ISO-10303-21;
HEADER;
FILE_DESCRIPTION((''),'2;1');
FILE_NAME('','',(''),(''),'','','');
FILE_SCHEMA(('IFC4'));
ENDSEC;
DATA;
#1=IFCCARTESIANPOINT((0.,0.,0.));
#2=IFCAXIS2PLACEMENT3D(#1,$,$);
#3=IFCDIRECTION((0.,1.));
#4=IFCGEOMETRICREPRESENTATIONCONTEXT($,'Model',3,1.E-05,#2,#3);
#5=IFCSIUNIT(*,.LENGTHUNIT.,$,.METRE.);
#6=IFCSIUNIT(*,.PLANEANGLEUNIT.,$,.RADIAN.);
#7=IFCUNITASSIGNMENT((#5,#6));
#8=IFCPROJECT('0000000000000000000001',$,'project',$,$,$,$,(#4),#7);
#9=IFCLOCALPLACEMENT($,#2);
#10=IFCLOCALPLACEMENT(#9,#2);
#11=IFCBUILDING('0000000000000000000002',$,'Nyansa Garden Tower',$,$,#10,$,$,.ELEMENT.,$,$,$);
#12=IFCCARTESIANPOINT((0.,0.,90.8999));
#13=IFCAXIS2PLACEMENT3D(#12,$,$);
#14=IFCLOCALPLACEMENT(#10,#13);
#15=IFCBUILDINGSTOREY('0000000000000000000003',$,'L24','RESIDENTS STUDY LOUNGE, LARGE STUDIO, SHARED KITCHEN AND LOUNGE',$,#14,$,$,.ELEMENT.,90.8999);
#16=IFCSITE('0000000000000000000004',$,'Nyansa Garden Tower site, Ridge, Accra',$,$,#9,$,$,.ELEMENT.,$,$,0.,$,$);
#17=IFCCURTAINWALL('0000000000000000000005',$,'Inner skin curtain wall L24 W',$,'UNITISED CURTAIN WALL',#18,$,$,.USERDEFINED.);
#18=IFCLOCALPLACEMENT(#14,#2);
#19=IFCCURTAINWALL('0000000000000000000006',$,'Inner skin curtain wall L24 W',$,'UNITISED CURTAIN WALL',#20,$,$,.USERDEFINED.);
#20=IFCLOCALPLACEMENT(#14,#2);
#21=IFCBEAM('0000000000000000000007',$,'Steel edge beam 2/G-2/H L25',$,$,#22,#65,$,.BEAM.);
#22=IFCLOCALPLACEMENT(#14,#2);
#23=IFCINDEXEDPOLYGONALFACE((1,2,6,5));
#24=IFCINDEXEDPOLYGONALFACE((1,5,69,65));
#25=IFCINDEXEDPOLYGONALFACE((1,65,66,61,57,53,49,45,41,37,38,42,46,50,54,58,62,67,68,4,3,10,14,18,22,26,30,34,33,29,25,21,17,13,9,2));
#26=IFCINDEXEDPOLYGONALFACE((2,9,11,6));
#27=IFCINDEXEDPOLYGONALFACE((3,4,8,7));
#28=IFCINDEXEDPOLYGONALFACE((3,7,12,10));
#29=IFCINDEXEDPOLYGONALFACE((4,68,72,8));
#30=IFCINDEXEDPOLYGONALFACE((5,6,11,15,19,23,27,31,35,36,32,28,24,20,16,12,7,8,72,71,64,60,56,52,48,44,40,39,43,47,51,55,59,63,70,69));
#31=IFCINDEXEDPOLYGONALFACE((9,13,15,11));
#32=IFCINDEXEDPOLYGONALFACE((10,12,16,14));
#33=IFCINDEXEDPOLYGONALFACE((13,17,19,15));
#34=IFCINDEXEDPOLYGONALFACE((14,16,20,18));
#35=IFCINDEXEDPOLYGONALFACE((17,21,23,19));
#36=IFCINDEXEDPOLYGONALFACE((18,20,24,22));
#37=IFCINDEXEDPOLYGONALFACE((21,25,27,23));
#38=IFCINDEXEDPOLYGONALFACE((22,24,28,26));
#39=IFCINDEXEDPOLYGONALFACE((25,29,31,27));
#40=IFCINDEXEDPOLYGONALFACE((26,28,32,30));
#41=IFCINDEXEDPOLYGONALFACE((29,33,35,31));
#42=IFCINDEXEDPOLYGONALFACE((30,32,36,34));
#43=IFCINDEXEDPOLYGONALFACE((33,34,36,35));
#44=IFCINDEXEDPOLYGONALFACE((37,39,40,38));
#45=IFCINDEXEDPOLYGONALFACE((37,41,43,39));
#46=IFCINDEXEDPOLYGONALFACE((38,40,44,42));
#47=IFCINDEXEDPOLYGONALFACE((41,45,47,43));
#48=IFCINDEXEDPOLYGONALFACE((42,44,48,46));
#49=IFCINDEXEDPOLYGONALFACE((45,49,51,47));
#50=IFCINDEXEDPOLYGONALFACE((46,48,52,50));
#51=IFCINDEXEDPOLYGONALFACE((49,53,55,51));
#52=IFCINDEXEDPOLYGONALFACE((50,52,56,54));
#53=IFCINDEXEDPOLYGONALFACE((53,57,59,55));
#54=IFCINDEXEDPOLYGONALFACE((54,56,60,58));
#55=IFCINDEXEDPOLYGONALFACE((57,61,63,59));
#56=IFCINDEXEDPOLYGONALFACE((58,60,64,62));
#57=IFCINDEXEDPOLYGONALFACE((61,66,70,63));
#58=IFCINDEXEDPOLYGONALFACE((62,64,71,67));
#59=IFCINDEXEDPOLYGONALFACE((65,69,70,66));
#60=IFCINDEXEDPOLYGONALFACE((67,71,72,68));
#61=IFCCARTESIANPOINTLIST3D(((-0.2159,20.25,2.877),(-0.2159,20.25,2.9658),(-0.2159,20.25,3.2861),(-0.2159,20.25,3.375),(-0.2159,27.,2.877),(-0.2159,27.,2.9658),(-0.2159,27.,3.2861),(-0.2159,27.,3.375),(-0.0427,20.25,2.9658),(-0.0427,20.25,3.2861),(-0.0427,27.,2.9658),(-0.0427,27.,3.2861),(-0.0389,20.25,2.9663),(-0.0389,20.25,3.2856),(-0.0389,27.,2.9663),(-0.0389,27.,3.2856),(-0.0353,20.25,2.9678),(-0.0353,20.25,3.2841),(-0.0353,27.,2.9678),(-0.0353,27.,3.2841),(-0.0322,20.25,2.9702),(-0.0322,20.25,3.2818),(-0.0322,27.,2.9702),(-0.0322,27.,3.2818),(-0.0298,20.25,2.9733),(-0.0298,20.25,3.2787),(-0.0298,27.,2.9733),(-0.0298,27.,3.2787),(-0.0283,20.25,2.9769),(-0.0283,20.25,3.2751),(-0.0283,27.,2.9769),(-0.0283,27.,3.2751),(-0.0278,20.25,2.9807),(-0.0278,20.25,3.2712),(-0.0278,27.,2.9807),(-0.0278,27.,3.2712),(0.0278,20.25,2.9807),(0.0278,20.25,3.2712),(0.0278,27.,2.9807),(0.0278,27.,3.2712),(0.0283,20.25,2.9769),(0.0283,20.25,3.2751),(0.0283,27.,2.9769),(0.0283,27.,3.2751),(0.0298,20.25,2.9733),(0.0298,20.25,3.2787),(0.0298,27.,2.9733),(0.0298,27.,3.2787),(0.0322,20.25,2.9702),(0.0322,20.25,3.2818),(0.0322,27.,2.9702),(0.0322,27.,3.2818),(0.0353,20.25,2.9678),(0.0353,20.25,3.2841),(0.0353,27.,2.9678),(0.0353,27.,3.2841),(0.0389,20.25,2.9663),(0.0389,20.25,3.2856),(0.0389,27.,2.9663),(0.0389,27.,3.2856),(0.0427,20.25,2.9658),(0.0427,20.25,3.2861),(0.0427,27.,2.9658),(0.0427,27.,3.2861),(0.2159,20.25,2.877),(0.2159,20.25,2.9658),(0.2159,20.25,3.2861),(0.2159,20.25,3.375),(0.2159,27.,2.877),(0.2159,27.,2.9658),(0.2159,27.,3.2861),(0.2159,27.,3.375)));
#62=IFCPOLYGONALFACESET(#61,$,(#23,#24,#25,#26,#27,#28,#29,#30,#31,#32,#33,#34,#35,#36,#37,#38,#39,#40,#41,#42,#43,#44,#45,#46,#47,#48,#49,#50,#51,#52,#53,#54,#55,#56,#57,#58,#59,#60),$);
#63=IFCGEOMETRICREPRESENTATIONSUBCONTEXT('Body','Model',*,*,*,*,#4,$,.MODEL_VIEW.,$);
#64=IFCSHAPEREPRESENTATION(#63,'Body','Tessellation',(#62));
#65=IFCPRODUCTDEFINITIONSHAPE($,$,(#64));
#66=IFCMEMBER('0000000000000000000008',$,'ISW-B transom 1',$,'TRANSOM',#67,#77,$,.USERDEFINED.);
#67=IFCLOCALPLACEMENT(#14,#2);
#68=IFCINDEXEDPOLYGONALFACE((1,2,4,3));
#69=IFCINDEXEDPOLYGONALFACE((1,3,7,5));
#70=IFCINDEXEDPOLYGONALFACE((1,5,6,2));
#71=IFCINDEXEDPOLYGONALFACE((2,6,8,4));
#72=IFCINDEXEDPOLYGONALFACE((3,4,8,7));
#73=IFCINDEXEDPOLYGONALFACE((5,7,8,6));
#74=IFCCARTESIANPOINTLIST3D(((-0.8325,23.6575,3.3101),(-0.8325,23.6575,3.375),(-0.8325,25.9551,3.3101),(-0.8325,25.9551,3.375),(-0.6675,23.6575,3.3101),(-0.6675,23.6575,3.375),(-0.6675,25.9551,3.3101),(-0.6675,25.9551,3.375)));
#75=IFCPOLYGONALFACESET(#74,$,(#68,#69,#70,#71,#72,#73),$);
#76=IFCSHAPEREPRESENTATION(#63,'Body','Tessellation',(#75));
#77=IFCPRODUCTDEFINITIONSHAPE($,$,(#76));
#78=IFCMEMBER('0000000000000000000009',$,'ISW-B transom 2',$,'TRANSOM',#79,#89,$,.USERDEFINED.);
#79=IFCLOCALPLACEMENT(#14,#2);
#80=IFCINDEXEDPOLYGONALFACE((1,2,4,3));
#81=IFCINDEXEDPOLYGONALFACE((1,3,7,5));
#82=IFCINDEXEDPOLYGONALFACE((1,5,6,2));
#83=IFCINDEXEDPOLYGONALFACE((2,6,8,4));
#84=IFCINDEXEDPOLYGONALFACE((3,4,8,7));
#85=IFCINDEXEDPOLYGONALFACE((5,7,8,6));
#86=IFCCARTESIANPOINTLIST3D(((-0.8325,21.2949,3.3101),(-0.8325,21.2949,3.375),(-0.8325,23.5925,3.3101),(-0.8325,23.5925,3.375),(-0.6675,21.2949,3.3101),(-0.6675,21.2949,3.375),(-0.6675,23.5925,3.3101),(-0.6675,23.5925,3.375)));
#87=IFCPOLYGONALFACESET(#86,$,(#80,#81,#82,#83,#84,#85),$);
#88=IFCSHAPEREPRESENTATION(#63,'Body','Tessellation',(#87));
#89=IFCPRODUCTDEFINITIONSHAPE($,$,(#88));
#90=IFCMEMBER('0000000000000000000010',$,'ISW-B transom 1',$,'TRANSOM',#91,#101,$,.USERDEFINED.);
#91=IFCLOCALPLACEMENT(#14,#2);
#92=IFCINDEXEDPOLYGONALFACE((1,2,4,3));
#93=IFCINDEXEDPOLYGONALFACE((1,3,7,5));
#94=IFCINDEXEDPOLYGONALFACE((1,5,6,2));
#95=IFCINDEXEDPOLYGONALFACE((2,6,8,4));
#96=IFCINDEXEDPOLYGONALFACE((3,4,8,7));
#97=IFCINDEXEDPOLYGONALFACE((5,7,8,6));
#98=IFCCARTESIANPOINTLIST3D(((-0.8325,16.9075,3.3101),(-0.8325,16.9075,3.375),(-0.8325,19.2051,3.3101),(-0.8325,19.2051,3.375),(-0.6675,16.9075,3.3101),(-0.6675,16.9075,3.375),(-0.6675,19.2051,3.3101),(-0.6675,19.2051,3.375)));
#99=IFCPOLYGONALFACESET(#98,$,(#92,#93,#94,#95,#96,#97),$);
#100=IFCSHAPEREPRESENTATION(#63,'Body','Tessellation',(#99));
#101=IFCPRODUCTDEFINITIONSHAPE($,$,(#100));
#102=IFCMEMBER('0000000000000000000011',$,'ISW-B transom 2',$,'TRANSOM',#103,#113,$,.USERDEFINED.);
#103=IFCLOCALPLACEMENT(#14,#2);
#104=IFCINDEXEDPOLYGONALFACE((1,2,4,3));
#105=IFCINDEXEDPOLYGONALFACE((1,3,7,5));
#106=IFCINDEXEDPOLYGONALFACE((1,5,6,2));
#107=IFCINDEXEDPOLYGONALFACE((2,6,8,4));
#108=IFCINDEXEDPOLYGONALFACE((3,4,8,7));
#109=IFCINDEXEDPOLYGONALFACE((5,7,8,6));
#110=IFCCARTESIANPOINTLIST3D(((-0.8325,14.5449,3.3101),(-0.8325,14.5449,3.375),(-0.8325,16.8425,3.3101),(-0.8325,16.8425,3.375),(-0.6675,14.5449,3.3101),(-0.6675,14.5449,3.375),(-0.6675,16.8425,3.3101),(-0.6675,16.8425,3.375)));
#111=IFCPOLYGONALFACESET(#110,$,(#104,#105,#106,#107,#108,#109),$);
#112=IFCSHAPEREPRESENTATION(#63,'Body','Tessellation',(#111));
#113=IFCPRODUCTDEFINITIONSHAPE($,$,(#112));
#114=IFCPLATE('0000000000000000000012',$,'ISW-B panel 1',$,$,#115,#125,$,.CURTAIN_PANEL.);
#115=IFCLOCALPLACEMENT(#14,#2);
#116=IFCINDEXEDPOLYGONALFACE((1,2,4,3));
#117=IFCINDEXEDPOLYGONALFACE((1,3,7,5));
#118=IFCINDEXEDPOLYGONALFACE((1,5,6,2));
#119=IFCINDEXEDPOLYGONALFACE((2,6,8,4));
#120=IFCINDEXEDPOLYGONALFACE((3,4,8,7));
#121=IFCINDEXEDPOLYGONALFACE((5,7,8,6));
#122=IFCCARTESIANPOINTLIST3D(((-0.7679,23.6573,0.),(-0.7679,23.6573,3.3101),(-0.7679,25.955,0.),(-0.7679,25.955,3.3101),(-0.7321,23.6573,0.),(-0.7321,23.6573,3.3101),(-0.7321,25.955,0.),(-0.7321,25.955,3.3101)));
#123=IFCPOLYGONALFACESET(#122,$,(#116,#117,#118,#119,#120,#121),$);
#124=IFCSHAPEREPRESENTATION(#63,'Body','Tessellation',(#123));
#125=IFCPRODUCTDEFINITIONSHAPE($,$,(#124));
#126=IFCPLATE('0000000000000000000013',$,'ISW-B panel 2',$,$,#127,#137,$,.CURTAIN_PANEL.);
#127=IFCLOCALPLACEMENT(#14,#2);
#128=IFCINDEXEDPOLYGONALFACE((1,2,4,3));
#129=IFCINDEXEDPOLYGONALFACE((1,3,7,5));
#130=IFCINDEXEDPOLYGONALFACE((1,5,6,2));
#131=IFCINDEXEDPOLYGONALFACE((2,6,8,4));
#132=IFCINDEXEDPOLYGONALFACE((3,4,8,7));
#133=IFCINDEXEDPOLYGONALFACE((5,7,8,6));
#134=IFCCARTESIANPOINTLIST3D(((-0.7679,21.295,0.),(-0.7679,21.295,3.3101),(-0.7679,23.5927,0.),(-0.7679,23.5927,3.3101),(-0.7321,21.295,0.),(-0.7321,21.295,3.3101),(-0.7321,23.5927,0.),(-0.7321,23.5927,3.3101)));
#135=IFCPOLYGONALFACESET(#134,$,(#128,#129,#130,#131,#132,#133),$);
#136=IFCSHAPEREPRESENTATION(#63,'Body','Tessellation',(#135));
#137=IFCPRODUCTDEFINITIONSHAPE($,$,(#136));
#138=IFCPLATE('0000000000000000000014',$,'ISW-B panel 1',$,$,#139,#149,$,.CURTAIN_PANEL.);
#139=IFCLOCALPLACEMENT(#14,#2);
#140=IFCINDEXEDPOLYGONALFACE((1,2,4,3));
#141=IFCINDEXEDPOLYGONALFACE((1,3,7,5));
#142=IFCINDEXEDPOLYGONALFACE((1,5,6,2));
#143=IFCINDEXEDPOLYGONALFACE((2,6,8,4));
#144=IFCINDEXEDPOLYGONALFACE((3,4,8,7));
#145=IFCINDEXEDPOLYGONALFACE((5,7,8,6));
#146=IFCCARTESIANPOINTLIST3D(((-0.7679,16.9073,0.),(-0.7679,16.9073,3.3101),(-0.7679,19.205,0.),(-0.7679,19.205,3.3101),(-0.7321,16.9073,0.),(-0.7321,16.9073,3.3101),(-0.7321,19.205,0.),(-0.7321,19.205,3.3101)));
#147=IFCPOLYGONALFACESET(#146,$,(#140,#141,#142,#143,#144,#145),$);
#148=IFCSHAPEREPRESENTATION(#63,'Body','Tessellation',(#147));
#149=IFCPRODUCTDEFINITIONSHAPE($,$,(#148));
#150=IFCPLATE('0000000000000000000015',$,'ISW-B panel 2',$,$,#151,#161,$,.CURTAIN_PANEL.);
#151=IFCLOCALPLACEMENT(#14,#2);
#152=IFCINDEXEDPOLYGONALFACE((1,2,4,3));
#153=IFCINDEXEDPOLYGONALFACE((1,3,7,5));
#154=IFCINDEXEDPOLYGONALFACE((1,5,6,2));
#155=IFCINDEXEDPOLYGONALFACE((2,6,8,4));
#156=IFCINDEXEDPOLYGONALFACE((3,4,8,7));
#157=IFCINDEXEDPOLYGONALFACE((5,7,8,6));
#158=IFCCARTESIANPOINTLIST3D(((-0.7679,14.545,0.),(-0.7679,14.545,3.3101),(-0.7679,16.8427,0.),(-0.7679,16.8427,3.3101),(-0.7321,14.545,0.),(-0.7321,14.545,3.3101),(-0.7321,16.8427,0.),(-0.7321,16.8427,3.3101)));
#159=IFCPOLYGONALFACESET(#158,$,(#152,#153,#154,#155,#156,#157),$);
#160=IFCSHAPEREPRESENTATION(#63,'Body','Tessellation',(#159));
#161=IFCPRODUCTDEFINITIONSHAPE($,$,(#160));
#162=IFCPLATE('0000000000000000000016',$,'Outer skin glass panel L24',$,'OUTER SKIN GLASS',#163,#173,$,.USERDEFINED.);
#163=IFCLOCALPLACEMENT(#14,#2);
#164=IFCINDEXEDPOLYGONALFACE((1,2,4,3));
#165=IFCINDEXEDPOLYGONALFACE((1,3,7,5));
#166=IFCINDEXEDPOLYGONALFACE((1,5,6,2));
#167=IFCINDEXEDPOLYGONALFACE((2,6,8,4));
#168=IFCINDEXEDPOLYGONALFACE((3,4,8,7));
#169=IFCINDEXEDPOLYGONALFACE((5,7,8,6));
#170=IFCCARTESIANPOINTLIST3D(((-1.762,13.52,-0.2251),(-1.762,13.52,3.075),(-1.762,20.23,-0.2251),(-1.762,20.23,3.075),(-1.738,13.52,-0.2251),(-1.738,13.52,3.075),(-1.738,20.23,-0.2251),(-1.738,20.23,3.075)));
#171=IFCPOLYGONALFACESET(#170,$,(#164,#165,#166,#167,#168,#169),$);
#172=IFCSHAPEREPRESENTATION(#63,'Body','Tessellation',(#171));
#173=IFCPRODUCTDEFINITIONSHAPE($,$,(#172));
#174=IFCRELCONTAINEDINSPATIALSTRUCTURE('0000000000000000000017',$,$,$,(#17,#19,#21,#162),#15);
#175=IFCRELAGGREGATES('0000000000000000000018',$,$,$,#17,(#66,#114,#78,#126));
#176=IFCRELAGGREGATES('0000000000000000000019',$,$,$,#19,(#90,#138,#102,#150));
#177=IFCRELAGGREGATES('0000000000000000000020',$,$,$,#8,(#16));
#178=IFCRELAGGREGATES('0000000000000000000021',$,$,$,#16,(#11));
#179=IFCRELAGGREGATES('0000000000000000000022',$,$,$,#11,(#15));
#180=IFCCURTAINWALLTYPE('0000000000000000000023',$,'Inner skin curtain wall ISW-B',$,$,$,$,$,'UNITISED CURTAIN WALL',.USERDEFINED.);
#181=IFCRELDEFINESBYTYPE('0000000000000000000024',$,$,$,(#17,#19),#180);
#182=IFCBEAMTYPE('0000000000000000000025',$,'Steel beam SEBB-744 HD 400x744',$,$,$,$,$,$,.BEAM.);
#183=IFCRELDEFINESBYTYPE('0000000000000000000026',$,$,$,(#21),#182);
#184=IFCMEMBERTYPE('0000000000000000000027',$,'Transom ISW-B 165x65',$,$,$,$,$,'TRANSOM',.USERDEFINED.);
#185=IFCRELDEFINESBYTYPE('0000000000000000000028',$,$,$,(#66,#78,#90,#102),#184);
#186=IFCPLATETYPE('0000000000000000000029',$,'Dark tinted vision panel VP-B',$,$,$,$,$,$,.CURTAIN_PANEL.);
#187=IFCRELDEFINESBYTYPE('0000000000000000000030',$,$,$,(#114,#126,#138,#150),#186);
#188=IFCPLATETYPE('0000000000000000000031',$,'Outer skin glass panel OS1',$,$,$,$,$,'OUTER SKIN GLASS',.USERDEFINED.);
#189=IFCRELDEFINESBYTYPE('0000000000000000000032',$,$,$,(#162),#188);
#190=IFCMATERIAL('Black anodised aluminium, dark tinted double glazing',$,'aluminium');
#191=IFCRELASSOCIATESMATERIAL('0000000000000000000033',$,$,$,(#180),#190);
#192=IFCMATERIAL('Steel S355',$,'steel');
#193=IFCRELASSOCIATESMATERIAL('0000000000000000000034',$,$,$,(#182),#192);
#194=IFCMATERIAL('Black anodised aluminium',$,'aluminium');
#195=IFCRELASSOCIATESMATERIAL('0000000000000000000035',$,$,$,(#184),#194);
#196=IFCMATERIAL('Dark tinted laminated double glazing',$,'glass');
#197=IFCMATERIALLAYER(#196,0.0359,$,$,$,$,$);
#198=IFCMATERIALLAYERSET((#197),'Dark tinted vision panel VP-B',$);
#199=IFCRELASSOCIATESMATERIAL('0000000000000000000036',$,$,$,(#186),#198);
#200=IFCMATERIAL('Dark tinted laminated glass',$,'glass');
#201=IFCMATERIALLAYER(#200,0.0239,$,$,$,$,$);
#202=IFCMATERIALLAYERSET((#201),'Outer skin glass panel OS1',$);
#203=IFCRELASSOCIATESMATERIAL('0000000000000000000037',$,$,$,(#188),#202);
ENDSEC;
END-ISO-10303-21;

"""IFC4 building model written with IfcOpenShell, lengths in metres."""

from ifc_helpers import new_model, si_unit, direction, frame, origin, origin_2d, place, context, subcontext, project, spatial, rectangle, i_section, extrude, material, layer, layer_set, material_profile, profile_set, type_object, element, aggregate, save


model = new_model("IFC4")

# Units and contexts
model_context = context("Model", 3, precision=1e-05, world=origin(), true_north=direction((0.0, 1.0)))
body_context = subcontext(model_context, "Body", "Model", "MODEL_VIEW")
ifc_project = project(units=[si_unit("LENGTHUNIT", "METRE"), si_unit("PLANEANGLEUNIT", "RADIAN")], contexts=[model_context])

# Site, building, storey
site_placement = place(None, origin())
site = spatial("IfcSite", under=ifc_project, at=site_placement, Name="Nyansa Garden Tower site, Ridge, Accra", CompositionType="ELEMENT", RefElevation=0.0)
building_placement = place(site_placement, origin())
building = spatial("IfcBuilding", under=site, at=building_placement, Name="Nyansa Garden Tower", CompositionType="ELEMENT")
storey_placement = place(building_placement, frame((0.0, 0.0, 90.8999)))
storey = spatial("IfcBuildingStorey", under=building, at=storey_placement, Name="L24", Description="RESIDENTS STUDY LOUNGE, LARGE STUDIO, SHARED KITCHEN AND LOUNGE", CompositionType="ELEMENT", Elevation=90.8999)

# Curtain walls
ifc_material_1 = material(Name="Black anodised aluminium, dark tinted double glazing", Category="aluminium")
curtain_wall_type = type_object("IfcCurtainWallType", Name="Inner skin curtain wall ISW-B", ElementType="UNITISED CURTAIN WALL", PredefinedType="USERDEFINED", material=ifc_material_1)
curtain_wall_1_placement = place(storey_placement, origin())
curtain_wall_1 = element("IfcCurtainWall", 1, at=curtain_wall_1_placement, inside=storey, type_object=curtain_wall_type, Name="Inner skin curtain wall L24 W", ObjectType="UNITISED CURTAIN WALL", PredefinedType="USERDEFINED")
curtain_wall_2_placement = place(storey_placement, origin())
curtain_wall_2 = element("IfcCurtainWall", 2, at=curtain_wall_2_placement, inside=storey, type_object=curtain_wall_type, Name="Inner skin curtain wall L24 W", ObjectType="UNITISED CURTAIN WALL", PredefinedType="USERDEFINED")

# Beam
ifc_material_2 = material(Name="Steel S355", Category="steel")
ifc_material_profile_1 = material_profile(ifc_material_2, i_section(OverallWidth=0.4319, OverallDepth=0.498, WebThickness=0.0557, FlangeThickness=0.0889, FilletRadius=0.0149, at=origin_2d()), Name="HD 400x744")
ifc_profile_set_1 = profile_set([ifc_material_profile_1], Name="Steel S355")
beam_type_1 = type_object("IfcBeamType", Name="Steel beam SEBB-744 HD 400x744", PredefinedType="BEAM", material=ifc_profile_set_1)
beam_1_placement = place(storey_placement, frame((0.0, 20.25, 3.126), z_axis=(0.0, 1.0, 0.0), x_axis=(-1.0, 0.0, 0.0)))
element("IfcBeam", 3, at=beam_1_placement, inside=storey, type_object=beam_type_1, Name="Steel edge beam 2/G-2/H L25", PredefinedType="BEAM", context=body_context, shape_type="SweptSolid", body=[
    extrude(i_section(OverallWidth=0.4319, OverallDepth=0.498, WebThickness=0.0557, FlangeThickness=0.0889, FilletRadius=0.0149, at=origin_2d()), origin(), (0.0, 0.0, 1.0), 6.75),
])

# Members
ifc_material_3 = material(Name="Black anodised aluminium", Category="aluminium")
ifc_material_profile_2 = material_profile(ifc_material_3, rectangle(XDim=0.165, YDim=0.0649, at=origin_2d()), Name="Transom 165x65")
ifc_profile_set_2 = profile_set([ifc_material_profile_2], Name="Black anodised aluminium")
member_type_1 = type_object("IfcMemberType", Name="Transom ISW-B 165x65", ElementType="TRANSOM", PredefinedType="USERDEFINED", material=ifc_profile_set_2)
member_1_placement = place(storey_placement, frame((-0.75, 25.9551, 3.3425), z_axis=(0.0, -1.0, 0.0), x_axis=(1.0, 0.0, 0.0)))
member_1 = element("IfcMember", 4, at=member_1_placement, type_object=member_type_1, Name="ISW-B transom 1", ObjectType="TRANSOM", PredefinedType="USERDEFINED", context=body_context, shape_type="SweptSolid", body=[
    extrude(rectangle(XDim=0.165, YDim=0.0649, at=origin_2d()), origin(), (0.0, 0.0, 1.0), 2.2976),
])
member_2_placement = place(storey_placement, frame((-0.75, 23.5925, 3.3425), z_axis=(0.0, -1.0, 0.0), x_axis=(1.0, 0.0, 0.0)))
member_2 = element("IfcMember", 5, at=member_2_placement, type_object=member_type_1, Name="ISW-B transom 2", ObjectType="TRANSOM", PredefinedType="USERDEFINED", context=body_context, shape_type="SweptSolid", body=[
    extrude(rectangle(XDim=0.165, YDim=0.0649, at=origin_2d()), origin(), (0.0, 0.0, 1.0), 2.2976),
])
member_3_placement = place(storey_placement, frame((-0.75, 19.2051, 3.3425), z_axis=(0.0, -1.0, 0.0), x_axis=(1.0, 0.0, 0.0)))
member_3 = element("IfcMember", 6, at=member_3_placement, type_object=member_type_1, Name="ISW-B transom 1", ObjectType="TRANSOM", PredefinedType="USERDEFINED", context=body_context, shape_type="SweptSolid", body=[
    extrude(rectangle(XDim=0.165, YDim=0.0649, at=origin_2d()), origin(), (0.0, 0.0, 1.0), 2.2976),
])
member_4_placement = place(storey_placement, frame((-0.75, 16.8425, 3.3425), z_axis=(0.0, -1.0, 0.0), x_axis=(1.0, 0.0, 0.0)))
member_4 = element("IfcMember", 7, at=member_4_placement, type_object=member_type_1, Name="ISW-B transom 2", ObjectType="TRANSOM", PredefinedType="USERDEFINED", context=body_context, shape_type="SweptSolid", body=[
    extrude(rectangle(XDim=0.165, YDim=0.0649, at=origin_2d()), origin(), (0.0, 0.0, 1.0), 2.2976),
])

# Plates
ifc_material_4 = material(Name="Dark tinted laminated double glazing", Category="glass")
ifc_layer_1 = layer(ifc_material_4, 0.0359)
ifc_layer_set_1 = layer_set([ifc_layer_1], Name="Dark tinted vision panel VP-B")
plate_type_1 = type_object("IfcPlateType", Name="Dark tinted vision panel VP-B", PredefinedType="CURTAIN_PANEL", material=ifc_layer_set_1)
plate_1_placement = place(storey_placement, frame((-0.75, 24.8062, 0.0), z_axis=(0.0, 0.0, 1.0), x_axis=(0.0, -1.0, 0.0)))
plate_1 = element("IfcPlate", 8, at=plate_1_placement, type_object=plate_type_1, Name="ISW-B panel 1", PredefinedType="CURTAIN_PANEL", context=body_context, shape_type="SweptSolid", body=[
    extrude(rectangle(XDim=2.2976, YDim=0.0359, at=origin_2d()), origin(), (0.0, 0.0, 1.0), 3.3101),
])
plate_2_placement = place(storey_placement, frame((-0.75, 22.4438, 0.0), z_axis=(0.0, 0.0, 1.0), x_axis=(0.0, -1.0, 0.0)))
plate_2 = element("IfcPlate", 9, at=plate_2_placement, type_object=plate_type_1, Name="ISW-B panel 2", PredefinedType="CURTAIN_PANEL", context=body_context, shape_type="SweptSolid", body=[
    extrude(rectangle(XDim=2.2976, YDim=0.0359, at=origin_2d()), origin(), (0.0, 0.0, 1.0), 3.3101),
])
aggregate(curtain_wall_1, [member_1, plate_1, member_2, plate_2])
plate_3_placement = place(storey_placement, frame((-0.75, 18.0562, 0.0), z_axis=(0.0, 0.0, 1.0), x_axis=(0.0, -1.0, 0.0)))
plate_3 = element("IfcPlate", 10, at=plate_3_placement, type_object=plate_type_1, Name="ISW-B panel 1", PredefinedType="CURTAIN_PANEL", context=body_context, shape_type="SweptSolid", body=[
    extrude(rectangle(XDim=2.2976, YDim=0.0359, at=origin_2d()), origin(), (0.0, 0.0, 1.0), 3.3101),
])
plate_4_placement = place(storey_placement, frame((-0.75, 15.6938, 0.0), z_axis=(0.0, 0.0, 1.0), x_axis=(0.0, -1.0, 0.0)))
plate_4 = element("IfcPlate", 11, at=plate_4_placement, type_object=plate_type_1, Name="ISW-B panel 2", PredefinedType="CURTAIN_PANEL", context=body_context, shape_type="SweptSolid", body=[
    extrude(rectangle(XDim=2.2976, YDim=0.0359, at=origin_2d()), origin(), (0.0, 0.0, 1.0), 3.3101),
])
aggregate(curtain_wall_2, [member_3, plate_3, member_4, plate_4])
ifc_material_5 = material(Name="Dark tinted laminated glass", Category="glass")
ifc_layer_2 = layer(ifc_material_5, 0.0239)
ifc_layer_set_2 = layer_set([ifc_layer_2], Name="Outer skin glass panel OS1")
plate_type_2 = type_object("IfcPlateType", Name="Outer skin glass panel OS1", ElementType="OUTER SKIN GLASS", PredefinedType="USERDEFINED", material=ifc_layer_set_2)
plate_5_placement = place(storey_placement, frame((-1.75, 16.875, -0.2251), z_axis=(0.0, 0.0, 1.0), x_axis=(0.0, 1.0, 0.0)))
element("IfcPlate", 12, at=plate_5_placement, inside=storey, type_object=plate_type_2, Name="Outer skin glass panel L24", ObjectType="OUTER SKIN GLASS", PredefinedType="USERDEFINED", context=body_context, shape_type="SweptSolid", body=[
    extrude(rectangle(XDim=6.71, YDim=0.0239, at=origin_2d()), origin(), (0.0, 0.0, 1.0), 3.3),
])

save(model, "model.ifc")
